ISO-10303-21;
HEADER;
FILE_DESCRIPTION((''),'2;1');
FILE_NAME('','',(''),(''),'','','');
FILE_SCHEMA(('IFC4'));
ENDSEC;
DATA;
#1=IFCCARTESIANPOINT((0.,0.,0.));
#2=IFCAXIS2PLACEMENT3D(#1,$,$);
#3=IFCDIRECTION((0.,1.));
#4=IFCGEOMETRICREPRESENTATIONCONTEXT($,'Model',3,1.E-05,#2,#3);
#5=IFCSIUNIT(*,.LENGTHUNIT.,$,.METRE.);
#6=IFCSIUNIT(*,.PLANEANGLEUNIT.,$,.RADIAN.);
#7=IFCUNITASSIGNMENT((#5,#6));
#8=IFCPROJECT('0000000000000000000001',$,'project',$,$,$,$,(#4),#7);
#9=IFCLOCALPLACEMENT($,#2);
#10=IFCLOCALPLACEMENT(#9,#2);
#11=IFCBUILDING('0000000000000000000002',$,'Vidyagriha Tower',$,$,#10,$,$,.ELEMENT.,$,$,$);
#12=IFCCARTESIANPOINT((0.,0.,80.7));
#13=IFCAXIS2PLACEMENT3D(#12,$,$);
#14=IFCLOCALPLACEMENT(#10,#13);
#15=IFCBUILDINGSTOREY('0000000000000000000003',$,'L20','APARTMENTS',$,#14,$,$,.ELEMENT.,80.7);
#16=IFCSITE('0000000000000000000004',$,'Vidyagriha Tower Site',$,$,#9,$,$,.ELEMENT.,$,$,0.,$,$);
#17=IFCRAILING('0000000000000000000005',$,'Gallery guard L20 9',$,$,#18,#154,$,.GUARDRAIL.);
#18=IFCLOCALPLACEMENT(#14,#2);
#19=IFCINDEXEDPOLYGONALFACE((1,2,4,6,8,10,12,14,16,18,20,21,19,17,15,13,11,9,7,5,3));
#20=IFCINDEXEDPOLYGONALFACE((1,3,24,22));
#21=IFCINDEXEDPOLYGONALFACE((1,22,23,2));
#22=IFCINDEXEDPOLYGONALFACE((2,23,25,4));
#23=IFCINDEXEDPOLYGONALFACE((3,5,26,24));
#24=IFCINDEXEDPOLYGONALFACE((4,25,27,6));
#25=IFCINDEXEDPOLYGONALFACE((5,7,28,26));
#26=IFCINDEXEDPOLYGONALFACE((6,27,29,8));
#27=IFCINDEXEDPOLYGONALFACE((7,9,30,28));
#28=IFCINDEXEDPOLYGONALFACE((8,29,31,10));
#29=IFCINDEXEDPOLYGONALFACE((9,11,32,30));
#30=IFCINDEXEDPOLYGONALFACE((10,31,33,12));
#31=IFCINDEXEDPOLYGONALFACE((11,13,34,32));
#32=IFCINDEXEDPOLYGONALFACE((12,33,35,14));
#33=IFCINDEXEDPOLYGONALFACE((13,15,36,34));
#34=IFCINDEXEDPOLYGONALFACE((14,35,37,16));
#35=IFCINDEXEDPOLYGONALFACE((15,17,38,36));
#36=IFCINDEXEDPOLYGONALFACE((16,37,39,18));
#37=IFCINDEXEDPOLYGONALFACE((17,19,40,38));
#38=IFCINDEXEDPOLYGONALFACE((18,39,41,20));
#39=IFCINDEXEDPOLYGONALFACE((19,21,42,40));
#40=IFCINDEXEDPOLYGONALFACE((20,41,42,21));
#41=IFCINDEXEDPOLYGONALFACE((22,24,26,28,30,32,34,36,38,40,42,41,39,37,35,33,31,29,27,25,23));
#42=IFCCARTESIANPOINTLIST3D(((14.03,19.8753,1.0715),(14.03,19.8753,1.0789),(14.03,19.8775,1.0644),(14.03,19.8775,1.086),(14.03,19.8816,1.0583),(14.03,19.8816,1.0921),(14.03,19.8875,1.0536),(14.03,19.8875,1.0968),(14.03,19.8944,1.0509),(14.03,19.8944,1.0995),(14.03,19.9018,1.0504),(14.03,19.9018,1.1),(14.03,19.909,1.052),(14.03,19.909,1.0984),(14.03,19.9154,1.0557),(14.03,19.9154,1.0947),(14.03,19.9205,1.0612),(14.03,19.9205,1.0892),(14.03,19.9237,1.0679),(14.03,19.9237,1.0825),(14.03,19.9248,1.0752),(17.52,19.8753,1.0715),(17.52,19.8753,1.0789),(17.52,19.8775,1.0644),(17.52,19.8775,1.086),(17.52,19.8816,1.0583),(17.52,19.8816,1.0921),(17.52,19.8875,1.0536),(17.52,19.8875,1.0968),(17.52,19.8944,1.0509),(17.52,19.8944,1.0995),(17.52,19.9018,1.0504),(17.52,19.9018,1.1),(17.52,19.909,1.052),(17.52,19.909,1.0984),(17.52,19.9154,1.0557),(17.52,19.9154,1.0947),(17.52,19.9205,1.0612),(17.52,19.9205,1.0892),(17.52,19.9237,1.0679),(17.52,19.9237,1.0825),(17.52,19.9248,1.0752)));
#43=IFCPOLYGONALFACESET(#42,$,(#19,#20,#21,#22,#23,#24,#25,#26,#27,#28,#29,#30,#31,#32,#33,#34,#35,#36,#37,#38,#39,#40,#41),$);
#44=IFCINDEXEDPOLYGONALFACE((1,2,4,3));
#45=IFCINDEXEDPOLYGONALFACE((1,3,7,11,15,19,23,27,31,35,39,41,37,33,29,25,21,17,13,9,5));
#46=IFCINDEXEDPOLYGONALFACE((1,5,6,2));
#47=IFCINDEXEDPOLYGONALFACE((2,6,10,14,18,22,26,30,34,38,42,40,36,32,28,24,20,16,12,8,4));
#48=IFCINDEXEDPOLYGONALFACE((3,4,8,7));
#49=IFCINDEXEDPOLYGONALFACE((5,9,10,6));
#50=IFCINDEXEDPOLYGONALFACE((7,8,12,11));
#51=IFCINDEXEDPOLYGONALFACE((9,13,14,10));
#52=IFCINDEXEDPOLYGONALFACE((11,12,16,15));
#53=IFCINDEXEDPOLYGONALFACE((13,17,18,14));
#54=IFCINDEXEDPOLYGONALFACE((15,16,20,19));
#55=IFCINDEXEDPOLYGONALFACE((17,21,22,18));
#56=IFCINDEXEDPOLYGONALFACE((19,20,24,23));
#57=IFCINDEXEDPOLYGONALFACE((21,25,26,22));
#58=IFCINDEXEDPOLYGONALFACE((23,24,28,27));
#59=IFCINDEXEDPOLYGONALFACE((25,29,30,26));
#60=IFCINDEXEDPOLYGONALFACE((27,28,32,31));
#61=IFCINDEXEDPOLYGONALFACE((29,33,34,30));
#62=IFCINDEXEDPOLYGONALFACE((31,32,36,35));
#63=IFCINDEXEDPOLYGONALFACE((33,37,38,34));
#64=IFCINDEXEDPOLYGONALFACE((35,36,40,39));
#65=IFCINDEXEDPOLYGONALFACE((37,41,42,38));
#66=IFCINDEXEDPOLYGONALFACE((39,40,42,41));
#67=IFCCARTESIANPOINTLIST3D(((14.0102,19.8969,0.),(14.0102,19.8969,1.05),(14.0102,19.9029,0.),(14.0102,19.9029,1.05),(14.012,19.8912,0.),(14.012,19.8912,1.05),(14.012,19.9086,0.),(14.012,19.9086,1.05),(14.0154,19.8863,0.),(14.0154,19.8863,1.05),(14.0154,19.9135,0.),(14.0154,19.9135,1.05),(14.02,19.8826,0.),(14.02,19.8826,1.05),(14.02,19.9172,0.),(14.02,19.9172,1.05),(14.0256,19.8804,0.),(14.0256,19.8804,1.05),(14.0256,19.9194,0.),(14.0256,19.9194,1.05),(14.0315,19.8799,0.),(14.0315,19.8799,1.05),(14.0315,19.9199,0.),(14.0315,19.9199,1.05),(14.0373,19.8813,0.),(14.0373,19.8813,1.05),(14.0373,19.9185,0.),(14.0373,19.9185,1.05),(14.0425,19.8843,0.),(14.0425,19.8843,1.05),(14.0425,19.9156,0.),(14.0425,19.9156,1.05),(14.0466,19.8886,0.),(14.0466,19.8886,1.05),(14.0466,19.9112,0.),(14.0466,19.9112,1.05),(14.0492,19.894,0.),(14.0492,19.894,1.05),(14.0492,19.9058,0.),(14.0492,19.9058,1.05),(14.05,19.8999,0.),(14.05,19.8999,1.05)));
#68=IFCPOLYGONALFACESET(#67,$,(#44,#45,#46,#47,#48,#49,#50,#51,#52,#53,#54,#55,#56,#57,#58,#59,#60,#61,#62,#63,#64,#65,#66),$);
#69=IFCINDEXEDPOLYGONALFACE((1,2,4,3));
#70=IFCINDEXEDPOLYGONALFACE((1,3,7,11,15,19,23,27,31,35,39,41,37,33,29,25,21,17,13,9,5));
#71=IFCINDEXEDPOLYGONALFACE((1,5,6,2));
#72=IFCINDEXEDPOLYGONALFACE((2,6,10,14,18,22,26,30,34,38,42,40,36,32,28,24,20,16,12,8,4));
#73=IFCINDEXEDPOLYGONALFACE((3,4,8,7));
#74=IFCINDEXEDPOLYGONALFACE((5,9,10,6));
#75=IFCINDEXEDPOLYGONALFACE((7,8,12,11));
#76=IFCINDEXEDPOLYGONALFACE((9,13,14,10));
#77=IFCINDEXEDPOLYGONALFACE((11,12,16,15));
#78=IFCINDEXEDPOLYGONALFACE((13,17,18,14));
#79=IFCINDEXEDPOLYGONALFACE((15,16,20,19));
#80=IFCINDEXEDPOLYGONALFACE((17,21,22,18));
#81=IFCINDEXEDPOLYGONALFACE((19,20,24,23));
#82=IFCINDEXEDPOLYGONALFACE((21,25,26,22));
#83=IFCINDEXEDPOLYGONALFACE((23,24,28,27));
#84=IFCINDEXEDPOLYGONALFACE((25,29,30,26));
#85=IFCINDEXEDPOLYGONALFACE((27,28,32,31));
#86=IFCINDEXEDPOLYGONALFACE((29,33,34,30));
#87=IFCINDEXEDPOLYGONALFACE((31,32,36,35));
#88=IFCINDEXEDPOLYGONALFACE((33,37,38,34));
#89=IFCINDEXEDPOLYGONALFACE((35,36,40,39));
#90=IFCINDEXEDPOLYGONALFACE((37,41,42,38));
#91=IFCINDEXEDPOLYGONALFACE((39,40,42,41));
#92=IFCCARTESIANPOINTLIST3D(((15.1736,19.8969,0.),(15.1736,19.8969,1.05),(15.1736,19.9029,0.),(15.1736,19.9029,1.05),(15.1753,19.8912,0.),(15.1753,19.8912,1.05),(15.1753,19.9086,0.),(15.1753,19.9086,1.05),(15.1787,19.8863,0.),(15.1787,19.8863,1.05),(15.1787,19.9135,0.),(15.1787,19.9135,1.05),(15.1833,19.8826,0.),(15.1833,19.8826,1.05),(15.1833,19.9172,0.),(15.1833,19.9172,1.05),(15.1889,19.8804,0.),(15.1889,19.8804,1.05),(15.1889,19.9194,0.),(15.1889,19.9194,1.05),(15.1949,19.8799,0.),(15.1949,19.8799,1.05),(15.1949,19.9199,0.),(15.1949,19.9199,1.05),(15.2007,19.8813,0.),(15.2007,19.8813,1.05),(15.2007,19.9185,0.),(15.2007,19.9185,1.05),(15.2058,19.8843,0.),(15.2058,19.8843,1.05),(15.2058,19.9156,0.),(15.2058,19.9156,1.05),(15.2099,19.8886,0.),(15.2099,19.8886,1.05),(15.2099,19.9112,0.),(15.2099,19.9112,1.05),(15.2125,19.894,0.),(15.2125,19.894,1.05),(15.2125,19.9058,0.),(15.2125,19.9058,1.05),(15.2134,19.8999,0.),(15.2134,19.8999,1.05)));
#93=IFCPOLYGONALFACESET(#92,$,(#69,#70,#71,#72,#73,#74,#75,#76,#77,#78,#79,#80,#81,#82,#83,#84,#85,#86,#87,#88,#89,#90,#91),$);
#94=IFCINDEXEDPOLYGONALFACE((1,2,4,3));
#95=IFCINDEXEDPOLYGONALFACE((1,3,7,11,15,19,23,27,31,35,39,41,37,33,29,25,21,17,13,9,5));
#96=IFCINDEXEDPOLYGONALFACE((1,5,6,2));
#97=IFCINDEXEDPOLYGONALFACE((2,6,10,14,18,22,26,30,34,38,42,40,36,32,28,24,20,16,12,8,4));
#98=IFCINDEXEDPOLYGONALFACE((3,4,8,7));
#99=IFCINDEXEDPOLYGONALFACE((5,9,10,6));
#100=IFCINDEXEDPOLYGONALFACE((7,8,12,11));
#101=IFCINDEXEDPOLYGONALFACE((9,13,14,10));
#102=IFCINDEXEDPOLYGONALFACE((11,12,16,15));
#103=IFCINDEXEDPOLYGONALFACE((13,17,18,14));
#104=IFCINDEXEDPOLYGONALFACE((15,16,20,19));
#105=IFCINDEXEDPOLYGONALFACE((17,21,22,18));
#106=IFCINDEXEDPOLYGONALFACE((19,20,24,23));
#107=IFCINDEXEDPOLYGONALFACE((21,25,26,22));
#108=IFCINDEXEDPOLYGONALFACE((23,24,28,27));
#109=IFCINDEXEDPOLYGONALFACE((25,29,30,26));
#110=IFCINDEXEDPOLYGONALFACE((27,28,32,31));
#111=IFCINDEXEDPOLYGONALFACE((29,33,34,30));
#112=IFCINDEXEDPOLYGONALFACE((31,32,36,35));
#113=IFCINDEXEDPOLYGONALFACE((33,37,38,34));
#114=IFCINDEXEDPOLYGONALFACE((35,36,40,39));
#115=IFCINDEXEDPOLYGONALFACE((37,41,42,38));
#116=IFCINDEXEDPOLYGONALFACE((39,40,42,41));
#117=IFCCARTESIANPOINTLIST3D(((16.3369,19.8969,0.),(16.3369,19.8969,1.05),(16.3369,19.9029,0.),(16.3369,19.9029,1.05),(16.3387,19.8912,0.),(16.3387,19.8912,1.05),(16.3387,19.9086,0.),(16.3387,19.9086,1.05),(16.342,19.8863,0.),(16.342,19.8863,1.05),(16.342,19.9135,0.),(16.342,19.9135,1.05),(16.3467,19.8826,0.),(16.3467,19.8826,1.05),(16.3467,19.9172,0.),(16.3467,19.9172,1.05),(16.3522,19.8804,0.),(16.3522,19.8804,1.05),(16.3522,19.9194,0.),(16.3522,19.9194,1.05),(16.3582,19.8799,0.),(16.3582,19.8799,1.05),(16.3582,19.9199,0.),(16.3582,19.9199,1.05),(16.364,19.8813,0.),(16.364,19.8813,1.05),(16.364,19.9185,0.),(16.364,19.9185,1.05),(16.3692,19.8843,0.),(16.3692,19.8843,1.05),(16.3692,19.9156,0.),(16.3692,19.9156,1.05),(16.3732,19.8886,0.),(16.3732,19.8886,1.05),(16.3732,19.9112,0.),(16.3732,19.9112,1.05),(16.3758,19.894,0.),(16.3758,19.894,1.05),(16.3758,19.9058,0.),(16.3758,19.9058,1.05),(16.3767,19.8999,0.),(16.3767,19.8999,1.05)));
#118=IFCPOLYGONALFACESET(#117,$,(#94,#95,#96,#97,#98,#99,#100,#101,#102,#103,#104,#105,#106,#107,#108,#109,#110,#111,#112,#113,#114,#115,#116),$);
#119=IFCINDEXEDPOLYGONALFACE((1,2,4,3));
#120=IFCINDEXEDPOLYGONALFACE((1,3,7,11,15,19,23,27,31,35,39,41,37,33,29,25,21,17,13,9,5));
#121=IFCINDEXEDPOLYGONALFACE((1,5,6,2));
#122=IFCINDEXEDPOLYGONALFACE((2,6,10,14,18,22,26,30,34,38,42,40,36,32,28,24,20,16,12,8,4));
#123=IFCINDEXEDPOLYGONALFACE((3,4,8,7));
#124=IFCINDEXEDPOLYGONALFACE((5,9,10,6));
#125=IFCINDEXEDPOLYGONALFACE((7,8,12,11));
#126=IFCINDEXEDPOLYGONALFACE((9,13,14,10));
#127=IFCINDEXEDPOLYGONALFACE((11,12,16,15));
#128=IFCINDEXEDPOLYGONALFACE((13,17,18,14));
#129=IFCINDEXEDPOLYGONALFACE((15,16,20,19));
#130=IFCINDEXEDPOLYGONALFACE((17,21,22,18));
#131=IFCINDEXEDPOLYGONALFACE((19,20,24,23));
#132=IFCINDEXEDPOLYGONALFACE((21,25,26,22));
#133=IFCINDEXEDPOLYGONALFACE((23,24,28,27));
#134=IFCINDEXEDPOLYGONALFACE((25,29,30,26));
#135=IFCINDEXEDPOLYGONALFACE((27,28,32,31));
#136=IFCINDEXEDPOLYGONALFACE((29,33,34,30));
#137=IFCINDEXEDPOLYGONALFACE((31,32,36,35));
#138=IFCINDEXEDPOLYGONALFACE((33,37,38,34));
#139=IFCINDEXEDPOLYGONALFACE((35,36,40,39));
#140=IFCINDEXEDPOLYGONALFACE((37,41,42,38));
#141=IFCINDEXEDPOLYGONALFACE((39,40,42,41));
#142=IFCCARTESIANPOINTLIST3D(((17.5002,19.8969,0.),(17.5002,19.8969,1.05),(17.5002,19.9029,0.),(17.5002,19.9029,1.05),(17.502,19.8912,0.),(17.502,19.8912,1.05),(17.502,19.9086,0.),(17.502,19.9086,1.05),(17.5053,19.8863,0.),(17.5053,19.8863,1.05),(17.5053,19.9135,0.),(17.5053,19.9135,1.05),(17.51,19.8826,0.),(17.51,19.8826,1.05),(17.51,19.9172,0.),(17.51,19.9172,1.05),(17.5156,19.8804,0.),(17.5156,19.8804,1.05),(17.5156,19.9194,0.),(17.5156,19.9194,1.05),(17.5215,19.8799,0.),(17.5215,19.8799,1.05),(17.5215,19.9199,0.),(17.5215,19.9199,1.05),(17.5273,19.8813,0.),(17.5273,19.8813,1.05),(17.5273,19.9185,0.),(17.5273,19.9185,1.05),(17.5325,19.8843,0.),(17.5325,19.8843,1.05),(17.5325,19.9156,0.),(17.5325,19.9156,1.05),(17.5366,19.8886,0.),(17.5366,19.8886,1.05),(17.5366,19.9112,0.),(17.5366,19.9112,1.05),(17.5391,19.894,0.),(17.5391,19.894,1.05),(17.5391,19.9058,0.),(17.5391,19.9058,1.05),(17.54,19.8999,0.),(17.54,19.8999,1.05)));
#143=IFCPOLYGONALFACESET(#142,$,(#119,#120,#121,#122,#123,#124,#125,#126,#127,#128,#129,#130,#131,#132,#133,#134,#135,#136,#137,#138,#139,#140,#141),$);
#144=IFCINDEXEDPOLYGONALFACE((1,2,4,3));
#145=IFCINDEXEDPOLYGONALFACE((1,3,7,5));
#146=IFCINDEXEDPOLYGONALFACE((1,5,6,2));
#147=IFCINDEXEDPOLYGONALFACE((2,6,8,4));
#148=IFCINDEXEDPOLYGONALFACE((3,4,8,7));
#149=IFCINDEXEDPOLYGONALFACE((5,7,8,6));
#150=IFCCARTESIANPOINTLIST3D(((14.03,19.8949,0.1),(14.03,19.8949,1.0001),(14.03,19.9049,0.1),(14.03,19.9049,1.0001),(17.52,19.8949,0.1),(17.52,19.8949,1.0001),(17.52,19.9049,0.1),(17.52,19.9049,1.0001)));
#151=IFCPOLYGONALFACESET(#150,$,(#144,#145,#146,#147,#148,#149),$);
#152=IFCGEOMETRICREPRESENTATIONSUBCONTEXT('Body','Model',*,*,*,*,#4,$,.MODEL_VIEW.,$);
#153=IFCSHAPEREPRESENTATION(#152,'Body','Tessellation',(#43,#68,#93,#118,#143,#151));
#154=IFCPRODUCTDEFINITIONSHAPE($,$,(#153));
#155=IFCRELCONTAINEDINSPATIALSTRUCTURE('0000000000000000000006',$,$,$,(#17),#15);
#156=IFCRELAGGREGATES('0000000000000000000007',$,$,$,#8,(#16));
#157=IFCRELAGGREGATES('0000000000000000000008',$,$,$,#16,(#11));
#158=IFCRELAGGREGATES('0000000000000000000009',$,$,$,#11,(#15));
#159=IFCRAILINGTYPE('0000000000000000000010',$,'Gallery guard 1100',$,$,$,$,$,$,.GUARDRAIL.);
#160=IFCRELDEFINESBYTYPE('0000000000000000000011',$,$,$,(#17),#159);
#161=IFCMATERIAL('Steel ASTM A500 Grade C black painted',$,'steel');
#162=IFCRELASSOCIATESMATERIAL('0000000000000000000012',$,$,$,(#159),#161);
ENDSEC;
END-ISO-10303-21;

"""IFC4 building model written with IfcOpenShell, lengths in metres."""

from ifc_helpers import new_model, si_unit, direction, frame, origin, origin_2d, place, context, subcontext, project, spatial, rectangle, circle, extrude, material, type_object, element, save


model = new_model("IFC4")

# Units and contexts
model_context = context("Model", 3, precision=1e-05, world=origin(), true_north=direction((0.0, 1.0)))
body_context = subcontext(model_context, "Body", "Model", "MODEL_VIEW")
ifc_project = project(units=[si_unit("LENGTHUNIT", "METRE"), si_unit("PLANEANGLEUNIT", "RADIAN")], contexts=[model_context])

# Site, building, storey
site_placement = place(None, origin())
site = spatial("IfcSite", under=ifc_project, at=site_placement, Name="Vidyagriha Tower Site", CompositionType="ELEMENT", RefElevation=0.0)
building_placement = place(site_placement, origin())
building = spatial("IfcBuilding", under=site, at=building_placement, Name="Vidyagriha Tower", CompositionType="ELEMENT")
storey_placement = place(building_placement, frame((0.0, 0.0, 80.7)))
storey = spatial("IfcBuildingStorey", under=building, at=storey_placement, Name="L20", Description="APARTMENTS", CompositionType="ELEMENT", Elevation=80.7)

# Railing
ifc_material_1 = material(Name="Steel ASTM A500 Grade C black painted", Category="steel")
railing_type_1 = type_object("IfcRailingType", Name="Gallery guard 1100", PredefinedType="GUARDRAIL", material=ifc_material_1)
railing_1_placement = place(storey_placement, frame((14.03, 19.8999, 0.0)))
element("IfcRailing", 1, at=railing_1_placement, inside=storey, type_object=railing_type_1, Name="Gallery guard L20 9", PredefinedType="GUARDRAIL", context=body_context, shape_type="SweptSolid", body=[
    extrude(circle(Radius=0.0249, at=origin_2d()), frame((0.0, 0.0, 1.0752), z_axis=(1.0, 0.0, 0.0), x_axis=(0.0, 1.0, 0.0)), (0.0, 0.0, 1.0), 3.49),
    extrude(circle(Radius=0.02, at=origin_2d()), origin(), (0.0, 0.0, 1.0), 1.05),
    extrude(circle(Radius=0.02, at=origin_2d()), frame((1.1633, 0.0, 0.0)), (0.0, 0.0, 1.0), 1.05),
    extrude(circle(Radius=0.02, at=origin_2d()), frame((2.3267, 0.0, 0.0)), (0.0, 0.0, 1.0), 1.05),
    extrude(circle(Radius=0.02, at=origin_2d()), frame((3.49, 0.0, 0.0)), (0.0, 0.0, 1.0), 1.05),
    extrude(rectangle(XDim=0.01, YDim=0.9001, at=origin_2d()), frame((0.0, 0.0, 0.55), z_axis=(1.0, 0.0, 0.0), x_axis=(0.0, 1.0, 0.0)), (0.0, 0.0, 1.0), 3.49),
])

save(model, "model.ifc")
